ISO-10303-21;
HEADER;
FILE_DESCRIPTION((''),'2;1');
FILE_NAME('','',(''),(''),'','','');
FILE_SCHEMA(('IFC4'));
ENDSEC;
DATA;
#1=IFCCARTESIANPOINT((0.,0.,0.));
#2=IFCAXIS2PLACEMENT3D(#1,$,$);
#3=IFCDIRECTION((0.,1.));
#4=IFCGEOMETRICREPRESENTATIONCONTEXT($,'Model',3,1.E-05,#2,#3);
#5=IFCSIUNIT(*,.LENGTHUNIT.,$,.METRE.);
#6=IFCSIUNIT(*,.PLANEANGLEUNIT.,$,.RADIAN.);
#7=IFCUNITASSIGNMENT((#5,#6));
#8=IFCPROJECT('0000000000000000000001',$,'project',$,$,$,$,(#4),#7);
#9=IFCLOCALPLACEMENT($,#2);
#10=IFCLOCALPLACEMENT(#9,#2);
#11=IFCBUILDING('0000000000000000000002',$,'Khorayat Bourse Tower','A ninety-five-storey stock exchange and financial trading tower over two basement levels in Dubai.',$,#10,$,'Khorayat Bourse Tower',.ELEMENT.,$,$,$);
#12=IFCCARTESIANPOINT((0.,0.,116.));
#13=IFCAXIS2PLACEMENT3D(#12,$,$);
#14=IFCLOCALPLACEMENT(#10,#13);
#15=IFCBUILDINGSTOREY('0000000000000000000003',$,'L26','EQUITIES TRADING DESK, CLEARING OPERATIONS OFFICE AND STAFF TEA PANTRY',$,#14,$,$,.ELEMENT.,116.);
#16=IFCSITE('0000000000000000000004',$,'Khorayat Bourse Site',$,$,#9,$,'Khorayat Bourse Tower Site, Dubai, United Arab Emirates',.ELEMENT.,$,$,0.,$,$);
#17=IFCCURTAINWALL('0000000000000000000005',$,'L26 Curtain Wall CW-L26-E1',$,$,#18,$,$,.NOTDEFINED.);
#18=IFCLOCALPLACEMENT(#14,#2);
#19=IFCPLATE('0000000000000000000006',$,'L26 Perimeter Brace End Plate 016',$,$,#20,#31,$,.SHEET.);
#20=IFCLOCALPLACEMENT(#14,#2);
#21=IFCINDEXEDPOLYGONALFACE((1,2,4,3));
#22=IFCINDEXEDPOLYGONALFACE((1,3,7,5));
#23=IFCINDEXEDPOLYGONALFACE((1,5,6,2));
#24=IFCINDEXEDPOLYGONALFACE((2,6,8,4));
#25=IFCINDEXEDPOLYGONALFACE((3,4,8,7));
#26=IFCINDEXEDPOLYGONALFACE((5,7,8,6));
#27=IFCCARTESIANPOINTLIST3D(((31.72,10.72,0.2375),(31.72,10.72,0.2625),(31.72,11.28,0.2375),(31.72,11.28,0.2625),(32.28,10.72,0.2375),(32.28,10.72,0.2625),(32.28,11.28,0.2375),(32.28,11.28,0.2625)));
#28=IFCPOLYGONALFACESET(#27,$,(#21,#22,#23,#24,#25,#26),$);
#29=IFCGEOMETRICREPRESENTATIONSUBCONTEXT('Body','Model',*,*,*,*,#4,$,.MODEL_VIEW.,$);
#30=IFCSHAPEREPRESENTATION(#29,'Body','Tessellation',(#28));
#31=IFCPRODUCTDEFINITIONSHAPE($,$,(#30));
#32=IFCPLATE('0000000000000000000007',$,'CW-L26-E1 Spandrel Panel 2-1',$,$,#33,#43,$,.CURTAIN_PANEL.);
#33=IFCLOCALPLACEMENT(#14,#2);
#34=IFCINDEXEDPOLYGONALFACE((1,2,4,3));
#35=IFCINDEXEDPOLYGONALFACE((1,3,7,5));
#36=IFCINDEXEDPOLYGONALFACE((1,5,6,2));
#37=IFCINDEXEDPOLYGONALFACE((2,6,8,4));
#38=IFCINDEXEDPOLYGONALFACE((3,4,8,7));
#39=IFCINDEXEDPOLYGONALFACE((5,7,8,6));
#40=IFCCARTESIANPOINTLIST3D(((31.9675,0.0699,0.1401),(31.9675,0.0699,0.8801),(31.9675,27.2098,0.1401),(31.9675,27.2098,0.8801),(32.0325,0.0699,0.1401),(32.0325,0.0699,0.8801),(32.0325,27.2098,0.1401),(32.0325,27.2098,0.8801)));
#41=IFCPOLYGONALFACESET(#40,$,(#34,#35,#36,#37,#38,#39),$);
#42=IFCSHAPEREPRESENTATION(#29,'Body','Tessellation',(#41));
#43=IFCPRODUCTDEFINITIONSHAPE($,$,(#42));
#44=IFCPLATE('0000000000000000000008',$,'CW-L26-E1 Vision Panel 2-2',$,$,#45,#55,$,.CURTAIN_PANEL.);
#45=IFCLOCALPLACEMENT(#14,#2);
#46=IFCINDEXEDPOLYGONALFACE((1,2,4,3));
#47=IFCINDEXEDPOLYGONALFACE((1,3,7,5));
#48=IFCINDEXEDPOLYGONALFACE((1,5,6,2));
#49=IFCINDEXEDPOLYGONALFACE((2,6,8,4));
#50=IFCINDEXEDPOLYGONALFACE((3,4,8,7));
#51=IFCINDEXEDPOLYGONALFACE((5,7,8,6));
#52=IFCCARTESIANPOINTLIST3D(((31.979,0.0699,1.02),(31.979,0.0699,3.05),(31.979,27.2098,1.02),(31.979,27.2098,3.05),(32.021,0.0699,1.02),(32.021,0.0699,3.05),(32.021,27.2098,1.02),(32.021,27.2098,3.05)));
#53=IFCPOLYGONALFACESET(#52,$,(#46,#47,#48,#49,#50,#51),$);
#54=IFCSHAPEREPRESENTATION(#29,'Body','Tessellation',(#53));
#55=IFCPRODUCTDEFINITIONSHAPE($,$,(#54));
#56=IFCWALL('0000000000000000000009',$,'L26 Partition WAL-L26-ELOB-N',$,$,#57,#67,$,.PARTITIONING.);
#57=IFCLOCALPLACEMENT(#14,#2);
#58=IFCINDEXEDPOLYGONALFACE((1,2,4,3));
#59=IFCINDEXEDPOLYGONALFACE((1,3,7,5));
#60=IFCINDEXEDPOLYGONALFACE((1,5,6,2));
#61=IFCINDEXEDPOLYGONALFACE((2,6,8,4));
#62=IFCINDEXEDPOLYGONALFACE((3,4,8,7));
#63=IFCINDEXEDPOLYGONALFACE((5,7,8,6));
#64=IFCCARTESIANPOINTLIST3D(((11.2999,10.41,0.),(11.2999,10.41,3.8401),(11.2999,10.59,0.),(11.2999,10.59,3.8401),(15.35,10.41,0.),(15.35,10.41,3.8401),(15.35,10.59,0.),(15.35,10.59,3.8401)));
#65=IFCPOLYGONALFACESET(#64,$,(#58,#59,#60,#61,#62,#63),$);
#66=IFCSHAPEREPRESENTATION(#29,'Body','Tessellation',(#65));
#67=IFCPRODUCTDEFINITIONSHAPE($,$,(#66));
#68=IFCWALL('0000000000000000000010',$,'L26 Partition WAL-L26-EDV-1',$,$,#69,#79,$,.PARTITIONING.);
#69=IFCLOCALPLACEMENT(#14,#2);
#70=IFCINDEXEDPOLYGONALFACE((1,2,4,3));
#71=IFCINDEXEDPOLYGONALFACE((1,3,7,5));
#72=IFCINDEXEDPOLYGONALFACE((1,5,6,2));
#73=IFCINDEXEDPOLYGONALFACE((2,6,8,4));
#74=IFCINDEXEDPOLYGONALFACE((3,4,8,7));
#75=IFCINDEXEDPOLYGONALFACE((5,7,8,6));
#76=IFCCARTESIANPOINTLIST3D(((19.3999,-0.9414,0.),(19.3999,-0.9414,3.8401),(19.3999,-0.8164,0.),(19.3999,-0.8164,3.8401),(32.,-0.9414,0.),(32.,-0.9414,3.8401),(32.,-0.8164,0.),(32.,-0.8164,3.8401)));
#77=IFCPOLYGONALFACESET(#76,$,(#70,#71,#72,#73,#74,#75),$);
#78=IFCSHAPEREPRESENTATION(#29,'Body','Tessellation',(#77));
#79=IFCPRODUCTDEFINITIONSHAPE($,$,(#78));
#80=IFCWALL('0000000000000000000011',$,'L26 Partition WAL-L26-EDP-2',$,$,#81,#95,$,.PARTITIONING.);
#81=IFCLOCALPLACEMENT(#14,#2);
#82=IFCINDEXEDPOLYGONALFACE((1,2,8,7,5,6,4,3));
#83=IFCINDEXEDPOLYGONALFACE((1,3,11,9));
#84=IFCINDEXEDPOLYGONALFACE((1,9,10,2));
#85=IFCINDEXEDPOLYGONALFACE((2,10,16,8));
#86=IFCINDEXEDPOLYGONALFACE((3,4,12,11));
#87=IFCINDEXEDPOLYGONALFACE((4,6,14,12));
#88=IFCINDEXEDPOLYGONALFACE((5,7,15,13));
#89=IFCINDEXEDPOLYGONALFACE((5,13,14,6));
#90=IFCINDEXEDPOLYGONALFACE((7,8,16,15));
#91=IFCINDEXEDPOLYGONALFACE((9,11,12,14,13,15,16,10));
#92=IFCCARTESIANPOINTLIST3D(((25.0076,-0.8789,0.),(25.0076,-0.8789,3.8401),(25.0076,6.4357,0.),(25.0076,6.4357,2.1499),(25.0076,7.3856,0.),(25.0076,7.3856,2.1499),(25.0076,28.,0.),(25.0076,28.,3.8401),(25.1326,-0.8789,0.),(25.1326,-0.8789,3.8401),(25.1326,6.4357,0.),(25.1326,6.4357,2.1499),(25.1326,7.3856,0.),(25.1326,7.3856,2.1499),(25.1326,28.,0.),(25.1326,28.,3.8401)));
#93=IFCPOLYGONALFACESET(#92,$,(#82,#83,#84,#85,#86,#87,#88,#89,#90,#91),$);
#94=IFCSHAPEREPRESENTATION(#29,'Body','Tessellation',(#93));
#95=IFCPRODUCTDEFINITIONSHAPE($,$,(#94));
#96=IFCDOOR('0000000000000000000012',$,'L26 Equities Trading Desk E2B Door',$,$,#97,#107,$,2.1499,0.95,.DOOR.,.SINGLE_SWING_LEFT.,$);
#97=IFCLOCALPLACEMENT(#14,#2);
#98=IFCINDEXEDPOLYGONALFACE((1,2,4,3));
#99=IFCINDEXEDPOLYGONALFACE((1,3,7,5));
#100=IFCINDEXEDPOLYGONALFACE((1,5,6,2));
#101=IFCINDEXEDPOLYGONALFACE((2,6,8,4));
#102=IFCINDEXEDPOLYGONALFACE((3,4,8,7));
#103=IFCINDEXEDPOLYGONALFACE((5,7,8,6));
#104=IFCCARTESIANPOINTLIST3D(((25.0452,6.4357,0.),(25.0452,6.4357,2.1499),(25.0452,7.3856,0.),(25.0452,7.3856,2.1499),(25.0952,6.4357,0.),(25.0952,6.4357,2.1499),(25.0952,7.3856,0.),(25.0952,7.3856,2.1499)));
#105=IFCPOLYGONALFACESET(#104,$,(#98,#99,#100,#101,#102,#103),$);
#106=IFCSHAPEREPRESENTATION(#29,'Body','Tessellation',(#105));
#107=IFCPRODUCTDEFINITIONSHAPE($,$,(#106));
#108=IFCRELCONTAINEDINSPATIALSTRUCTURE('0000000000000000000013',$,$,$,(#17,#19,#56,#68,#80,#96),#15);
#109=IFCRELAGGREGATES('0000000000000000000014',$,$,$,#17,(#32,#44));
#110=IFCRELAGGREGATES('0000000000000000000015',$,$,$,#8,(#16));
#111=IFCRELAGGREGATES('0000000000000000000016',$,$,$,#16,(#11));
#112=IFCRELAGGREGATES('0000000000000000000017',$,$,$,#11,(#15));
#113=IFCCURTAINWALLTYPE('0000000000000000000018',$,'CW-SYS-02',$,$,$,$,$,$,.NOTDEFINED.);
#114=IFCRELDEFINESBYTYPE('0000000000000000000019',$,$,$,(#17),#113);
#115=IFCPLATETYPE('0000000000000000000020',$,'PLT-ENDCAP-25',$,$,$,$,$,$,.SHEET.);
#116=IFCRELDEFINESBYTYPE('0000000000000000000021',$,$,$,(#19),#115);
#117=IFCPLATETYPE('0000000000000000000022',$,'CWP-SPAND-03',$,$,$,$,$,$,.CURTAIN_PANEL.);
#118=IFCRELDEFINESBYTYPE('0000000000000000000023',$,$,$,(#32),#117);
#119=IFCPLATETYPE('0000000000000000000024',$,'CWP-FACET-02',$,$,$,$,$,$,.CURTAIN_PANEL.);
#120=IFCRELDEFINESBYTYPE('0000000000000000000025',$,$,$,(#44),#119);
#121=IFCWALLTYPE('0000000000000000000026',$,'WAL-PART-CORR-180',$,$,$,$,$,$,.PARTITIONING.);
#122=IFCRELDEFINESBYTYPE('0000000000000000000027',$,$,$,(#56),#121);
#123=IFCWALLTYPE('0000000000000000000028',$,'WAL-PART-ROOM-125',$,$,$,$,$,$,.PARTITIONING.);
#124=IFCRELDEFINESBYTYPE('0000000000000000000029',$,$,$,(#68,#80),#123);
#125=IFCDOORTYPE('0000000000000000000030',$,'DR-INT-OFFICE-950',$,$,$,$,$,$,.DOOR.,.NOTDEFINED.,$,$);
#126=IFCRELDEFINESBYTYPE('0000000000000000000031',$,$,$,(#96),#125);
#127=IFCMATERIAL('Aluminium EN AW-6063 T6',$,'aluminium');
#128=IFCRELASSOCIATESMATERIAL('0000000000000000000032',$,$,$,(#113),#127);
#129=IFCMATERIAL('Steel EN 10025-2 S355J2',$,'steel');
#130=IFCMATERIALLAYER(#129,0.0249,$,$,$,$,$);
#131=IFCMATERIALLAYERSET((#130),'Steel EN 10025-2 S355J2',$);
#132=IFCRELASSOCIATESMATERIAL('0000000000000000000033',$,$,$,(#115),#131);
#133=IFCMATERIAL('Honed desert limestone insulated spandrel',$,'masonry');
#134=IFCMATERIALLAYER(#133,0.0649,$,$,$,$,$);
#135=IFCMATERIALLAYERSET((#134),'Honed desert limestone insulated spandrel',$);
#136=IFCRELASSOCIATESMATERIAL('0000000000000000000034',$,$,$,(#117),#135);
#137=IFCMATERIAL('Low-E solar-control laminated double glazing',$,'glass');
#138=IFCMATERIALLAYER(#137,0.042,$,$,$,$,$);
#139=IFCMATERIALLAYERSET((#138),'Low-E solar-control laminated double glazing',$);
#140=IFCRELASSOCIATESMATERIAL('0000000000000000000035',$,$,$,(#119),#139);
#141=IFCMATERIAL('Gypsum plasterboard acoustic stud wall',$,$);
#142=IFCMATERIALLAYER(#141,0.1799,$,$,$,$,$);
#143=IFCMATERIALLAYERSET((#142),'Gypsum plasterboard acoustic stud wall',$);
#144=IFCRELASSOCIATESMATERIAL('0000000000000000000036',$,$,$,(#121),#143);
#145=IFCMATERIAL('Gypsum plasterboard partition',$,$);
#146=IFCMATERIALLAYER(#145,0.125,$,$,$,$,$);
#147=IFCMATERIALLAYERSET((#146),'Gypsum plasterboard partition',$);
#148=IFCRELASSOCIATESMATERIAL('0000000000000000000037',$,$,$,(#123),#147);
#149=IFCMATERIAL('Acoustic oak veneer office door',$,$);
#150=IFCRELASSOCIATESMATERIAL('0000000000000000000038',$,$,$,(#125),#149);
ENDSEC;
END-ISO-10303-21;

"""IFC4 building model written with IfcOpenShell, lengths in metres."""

from ifc_helpers import new_model, si_unit, direction, frame, frame_2d, origin, origin_2d, place, context, subcontext, project, spatial, rectangle, extrude, source, transform, mapped, material, layer, layer_set, type_object, element, fill, aggregate, save


model = new_model("IFC4")

# Units and contexts
model_context = context("Model", 3, precision=1e-05, world=origin(), true_north=direction((0.0, 1.0)))
body_context = subcontext(model_context, "Body", "Model", "MODEL_VIEW")
ifc_project = project(units=[si_unit("LENGTHUNIT", "METRE"), si_unit("PLANEANGLEUNIT", "RADIAN")], contexts=[model_context])

# Site, building, storey
site_placement = place(None, origin())
site = spatial("IfcSite", under=ifc_project, at=site_placement, Name="Khorayat Bourse Site", LongName="Khorayat Bourse Tower Site, Dubai, United Arab Emirates", CompositionType="ELEMENT", RefElevation=0.0)
building_placement = place(site_placement, origin())
building = spatial("IfcBuilding", under=site, at=building_placement, Name="Khorayat Bourse Tower", Description="A ninety-five-storey stock exchange and financial trading tower over two basement levels in Dubai.", LongName="Khorayat Bourse Tower", CompositionType="ELEMENT")
storey_placement = place(building_placement, frame((0.0, 0.0, 116.0)))
storey = spatial("IfcBuildingStorey", under=building, at=storey_placement, Name="L26", Description="EQUITIES TRADING DESK, CLEARING OPERATIONS OFFICE AND STAFF TEA PANTRY", CompositionType="ELEMENT", Elevation=116.0)

# Curtain wall
ifc_material_1 = material(Name="Aluminium EN AW-6063 T6", Category="aluminium")
curtain_wall_type = type_object("IfcCurtainWallType", Name="CW-SYS-02", PredefinedType="NOTDEFINED", material=ifc_material_1)
curtain_wall_placement = place(storey_placement, origin())
curtain_wall = element("IfcCurtainWall", 1, at=curtain_wall_placement, inside=storey, type_object=curtain_wall_type, Name="L26 Curtain Wall CW-L26-E1", PredefinedType="NOTDEFINED")

# Plate
ifc_material_2 = material(Name="Steel EN 10025-2 S355J2", Category="steel")
ifc_layer_1 = layer(ifc_material_2, 0.0249)
ifc_layer_set_1 = layer_set([ifc_layer_1], Name="Steel EN 10025-2 S355J2")
plate_type_1 = type_object("IfcPlateType", Name="PLT-ENDCAP-25", PredefinedType="SHEET", material=ifc_layer_set_1)
shared_shape_1 = source(origin(), body_context, "Body", "SweptSolid", [
    extrude(rectangle(XDim=0.5601, YDim=0.5601, at=origin_2d()), origin(), (0.0, 0.0, 1.0), 0.0249),
])
for number, where, z_axis, x_axis, name in (
    (2, (32.0, 11.0, 0.2375), (0.0, 0.0, 1.0), (1.0, 0.0, 0.0), "L26 Perimeter Brace End Plate 016"),
):
    element("IfcPlate", number, at=place(storey_placement, frame(where, z_axis=z_axis, x_axis=x_axis)), inside=storey, type_object=plate_type_1, Name=name, PredefinedType="SHEET", context=body_context, shape_type="MappedRepresentation", body=[
        mapped(shared_shape_1, transform((0.0, 0.0, 0.0), scale=1.0)),
    ])

# Plates
ifc_material_3 = material(Name="Honed desert limestone insulated spandrel", Category="masonry")
ifc_layer_2 = layer(ifc_material_3, 0.0649)
ifc_layer_set_2 = layer_set([ifc_layer_2], Name="Honed desert limestone insulated spandrel")
plate_type_2 = type_object("IfcPlateType", Name="CWP-SPAND-03", PredefinedType="CURTAIN_PANEL", material=ifc_layer_set_2)
shared_shape_2 = source(origin(), body_context, "Body", "SweptSolid", [
    extrude(rectangle(XDim=27.1399, YDim=0.0649, at=origin_2d()), origin(), (0.0, 0.0, 1.0), 0.74),
])
plate_1_placement = place(storey_placement, frame((32.0, 13.6399, 0.1401), z_axis=(0.0, 0.0, 1.0), x_axis=(0.0, 1.0, 0.0)))
plate_1 = element("IfcPlate", 3, at=plate_1_placement, type_object=plate_type_2, Name="CW-L26-E1 Spandrel Panel 2-1", PredefinedType="CURTAIN_PANEL", context=body_context, shape_type="MappedRepresentation", body=[
    mapped(shared_shape_2, transform((0.0, 0.0, 0.0), scale=1.0)),
])
ifc_material_4 = material(Name="Low-E solar-control laminated double glazing", Category="glass")
ifc_layer_3 = layer(ifc_material_4, 0.042)
ifc_layer_set_3 = layer_set([ifc_layer_3], Name="Low-E solar-control laminated double glazing")
plate_type_3 = type_object("IfcPlateType", Name="CWP-FACET-02", PredefinedType="CURTAIN_PANEL", material=ifc_layer_set_3)
shared_shape_3 = source(origin(), body_context, "Body", "SweptSolid", [
    extrude(rectangle(XDim=27.1399, YDim=0.042, at=origin_2d()), origin(), (0.0, 0.0, 1.0), 2.03),
])
plate_2_placement = place(storey_placement, frame((32.0, 13.6399, 1.02), z_axis=(0.0, 0.0, 1.0), x_axis=(0.0, 1.0, 0.0)))
plate_2 = element("IfcPlate", 4, at=plate_2_placement, type_object=plate_type_3, Name="CW-L26-E1 Vision Panel 2-2", PredefinedType="CURTAIN_PANEL", context=body_context, shape_type="MappedRepresentation", body=[
    mapped(shared_shape_3, transform((0.0, 0.0, 0.0), scale=1.0)),
])
aggregate(curtain_wall, [plate_1, plate_2])

# Walls
ifc_material_5 = material(Name="Gypsum plasterboard acoustic stud wall")
ifc_layer_4 = layer(ifc_material_5, 0.1799)
ifc_layer_set_4 = layer_set([ifc_layer_4], Name="Gypsum plasterboard acoustic stud wall")
wall_type_1 = type_object("IfcWallType", Name="WAL-PART-CORR-180", PredefinedType="PARTITIONING", material=ifc_layer_set_4)
shared_shape_4 = source(origin(), body_context, "Body", "SweptSolid", [
    extrude(rectangle(XDim=4.05, YDim=0.1799, at=frame_2d((2.0249, 0.0))), origin(), (0.0, 0.0, 1.0), 3.8401),
])
wall_1_placement = place(storey_placement, frame((11.3, 10.5, 0.0), z_axis=(0.0, 0.0, 1.0), x_axis=(1.0, 0.0, 0.0)))
element("IfcWall", 5, at=wall_1_placement, inside=storey, type_object=wall_type_1, Name="L26 Partition WAL-L26-ELOB-N", PredefinedType="PARTITIONING", context=body_context, shape_type="MappedRepresentation", body=[
    mapped(shared_shape_4, transform((0.0, 0.0, 0.0), scale=1.0)),
])
ifc_material_6 = material(Name="Gypsum plasterboard partition")
ifc_layer_5 = layer(ifc_material_6, 0.125)
ifc_layer_set_5 = layer_set([ifc_layer_5], Name="Gypsum plasterboard partition")
wall_type_2 = type_object("IfcWallType", Name="WAL-PART-ROOM-125", PredefinedType="PARTITIONING", material=ifc_layer_set_5)
shared_shape_5 = source(origin(), body_context, "Body", "SweptSolid", [
    extrude(rectangle(XDim=12.6001, YDim=0.125, at=frame_2d((6.3, 0.0))), origin(), (0.0, 0.0, 1.0), 3.8401),
])
wall_2_placement = place(storey_placement, frame((19.3999, -0.8789, 0.0), z_axis=(0.0, 0.0, 1.0), x_axis=(1.0, 0.0, 0.0)))
element("IfcWall", 6, at=wall_2_placement, inside=storey, type_object=wall_type_2, Name="L26 Partition WAL-L26-EDV-1", PredefinedType="PARTITIONING", context=body_context, shape_type="MappedRepresentation", body=[
    mapped(shared_shape_5, transform((0.0, 0.0, 0.0), scale=1.0)),
])

# Wall, opening, door
shared_shape_6 = source(origin(), body_context, "Body", "SweptSolid", [
    extrude(rectangle(XDim=28.8789, YDim=0.125, at=frame_2d((14.4395, 0.0))), origin(), (0.0, 0.0, 1.0), 3.8401),
])
wall_3_placement = place(storey_placement, frame((25.0701, -0.8789, 0.0), z_axis=(0.0, 0.0, 1.0), x_axis=(0.0, 1.0, 0.0)))
wall_3 = element("IfcWall", 7, at=wall_3_placement, inside=storey, type_object=wall_type_2, Name="L26 Partition WAL-L26-EDP-2", PredefinedType="PARTITIONING", context=body_context, shape_type="MappedRepresentation", body=[
    mapped(shared_shape_6, transform((0.0, 0.0, 0.0), scale=1.0)),
])
shared_shape_7 = source(origin(), body_context, "Body", "SweptSolid", [
    extrude(rectangle(XDim=0.95, YDim=2.1499, at=frame_2d((0.4751, 1.075))), frame((0.0, 0.0725, 0.0), z_axis=(0.0, -1.0, 0.0), x_axis=(1.0, 0.0, 0.0)), (0.0, 0.0, 1.0), 0.145),
])
opening_placement = place(wall_3_placement, frame((7.3145, 0.0, 0.0)))
opening = element("IfcOpeningElement", 8, at=opening_placement, cuts=wall_3, PredefinedType="OPENING", context=body_context, shape_type="MappedRepresentation", body=[
    mapped(shared_shape_7, transform((0.0, 0.0, 0.0), scale=1.0)),
])
ifc_material_7 = material(Name="Acoustic oak veneer office door")
door_type = type_object("IfcDoorType", Name="DR-INT-OFFICE-950", OperationType="NOTDEFINED", PredefinedType="DOOR", material=ifc_material_7)
shared_shape_8 = source(origin(), body_context, "Body", "SweptSolid", [
    extrude(rectangle(XDim=0.95, YDim=2.1499, at=frame_2d((0.4751, 1.075))), frame((0.0, 0.0249, 0.0), z_axis=(0.0, -1.0, 0.0), x_axis=(1.0, 0.0, 0.0)), (0.0, 0.0, 1.0), 0.05),
])
door_placement = place(opening_placement, origin())
door = element("IfcDoor", 9, at=door_placement, inside=storey, type_object=door_type, Name="L26 Equities Trading Desk E2B Door", OperationType="SINGLE_SWING_LEFT", OverallHeight=2.1499, OverallWidth=0.95, PredefinedType="DOOR", context=body_context, shape_type="MappedRepresentation", body=[
    mapped(shared_shape_8, transform((0.0, 0.0, 0.0), scale=1.0)),
])
fill(opening, door)

save(model, "model.ifc")
